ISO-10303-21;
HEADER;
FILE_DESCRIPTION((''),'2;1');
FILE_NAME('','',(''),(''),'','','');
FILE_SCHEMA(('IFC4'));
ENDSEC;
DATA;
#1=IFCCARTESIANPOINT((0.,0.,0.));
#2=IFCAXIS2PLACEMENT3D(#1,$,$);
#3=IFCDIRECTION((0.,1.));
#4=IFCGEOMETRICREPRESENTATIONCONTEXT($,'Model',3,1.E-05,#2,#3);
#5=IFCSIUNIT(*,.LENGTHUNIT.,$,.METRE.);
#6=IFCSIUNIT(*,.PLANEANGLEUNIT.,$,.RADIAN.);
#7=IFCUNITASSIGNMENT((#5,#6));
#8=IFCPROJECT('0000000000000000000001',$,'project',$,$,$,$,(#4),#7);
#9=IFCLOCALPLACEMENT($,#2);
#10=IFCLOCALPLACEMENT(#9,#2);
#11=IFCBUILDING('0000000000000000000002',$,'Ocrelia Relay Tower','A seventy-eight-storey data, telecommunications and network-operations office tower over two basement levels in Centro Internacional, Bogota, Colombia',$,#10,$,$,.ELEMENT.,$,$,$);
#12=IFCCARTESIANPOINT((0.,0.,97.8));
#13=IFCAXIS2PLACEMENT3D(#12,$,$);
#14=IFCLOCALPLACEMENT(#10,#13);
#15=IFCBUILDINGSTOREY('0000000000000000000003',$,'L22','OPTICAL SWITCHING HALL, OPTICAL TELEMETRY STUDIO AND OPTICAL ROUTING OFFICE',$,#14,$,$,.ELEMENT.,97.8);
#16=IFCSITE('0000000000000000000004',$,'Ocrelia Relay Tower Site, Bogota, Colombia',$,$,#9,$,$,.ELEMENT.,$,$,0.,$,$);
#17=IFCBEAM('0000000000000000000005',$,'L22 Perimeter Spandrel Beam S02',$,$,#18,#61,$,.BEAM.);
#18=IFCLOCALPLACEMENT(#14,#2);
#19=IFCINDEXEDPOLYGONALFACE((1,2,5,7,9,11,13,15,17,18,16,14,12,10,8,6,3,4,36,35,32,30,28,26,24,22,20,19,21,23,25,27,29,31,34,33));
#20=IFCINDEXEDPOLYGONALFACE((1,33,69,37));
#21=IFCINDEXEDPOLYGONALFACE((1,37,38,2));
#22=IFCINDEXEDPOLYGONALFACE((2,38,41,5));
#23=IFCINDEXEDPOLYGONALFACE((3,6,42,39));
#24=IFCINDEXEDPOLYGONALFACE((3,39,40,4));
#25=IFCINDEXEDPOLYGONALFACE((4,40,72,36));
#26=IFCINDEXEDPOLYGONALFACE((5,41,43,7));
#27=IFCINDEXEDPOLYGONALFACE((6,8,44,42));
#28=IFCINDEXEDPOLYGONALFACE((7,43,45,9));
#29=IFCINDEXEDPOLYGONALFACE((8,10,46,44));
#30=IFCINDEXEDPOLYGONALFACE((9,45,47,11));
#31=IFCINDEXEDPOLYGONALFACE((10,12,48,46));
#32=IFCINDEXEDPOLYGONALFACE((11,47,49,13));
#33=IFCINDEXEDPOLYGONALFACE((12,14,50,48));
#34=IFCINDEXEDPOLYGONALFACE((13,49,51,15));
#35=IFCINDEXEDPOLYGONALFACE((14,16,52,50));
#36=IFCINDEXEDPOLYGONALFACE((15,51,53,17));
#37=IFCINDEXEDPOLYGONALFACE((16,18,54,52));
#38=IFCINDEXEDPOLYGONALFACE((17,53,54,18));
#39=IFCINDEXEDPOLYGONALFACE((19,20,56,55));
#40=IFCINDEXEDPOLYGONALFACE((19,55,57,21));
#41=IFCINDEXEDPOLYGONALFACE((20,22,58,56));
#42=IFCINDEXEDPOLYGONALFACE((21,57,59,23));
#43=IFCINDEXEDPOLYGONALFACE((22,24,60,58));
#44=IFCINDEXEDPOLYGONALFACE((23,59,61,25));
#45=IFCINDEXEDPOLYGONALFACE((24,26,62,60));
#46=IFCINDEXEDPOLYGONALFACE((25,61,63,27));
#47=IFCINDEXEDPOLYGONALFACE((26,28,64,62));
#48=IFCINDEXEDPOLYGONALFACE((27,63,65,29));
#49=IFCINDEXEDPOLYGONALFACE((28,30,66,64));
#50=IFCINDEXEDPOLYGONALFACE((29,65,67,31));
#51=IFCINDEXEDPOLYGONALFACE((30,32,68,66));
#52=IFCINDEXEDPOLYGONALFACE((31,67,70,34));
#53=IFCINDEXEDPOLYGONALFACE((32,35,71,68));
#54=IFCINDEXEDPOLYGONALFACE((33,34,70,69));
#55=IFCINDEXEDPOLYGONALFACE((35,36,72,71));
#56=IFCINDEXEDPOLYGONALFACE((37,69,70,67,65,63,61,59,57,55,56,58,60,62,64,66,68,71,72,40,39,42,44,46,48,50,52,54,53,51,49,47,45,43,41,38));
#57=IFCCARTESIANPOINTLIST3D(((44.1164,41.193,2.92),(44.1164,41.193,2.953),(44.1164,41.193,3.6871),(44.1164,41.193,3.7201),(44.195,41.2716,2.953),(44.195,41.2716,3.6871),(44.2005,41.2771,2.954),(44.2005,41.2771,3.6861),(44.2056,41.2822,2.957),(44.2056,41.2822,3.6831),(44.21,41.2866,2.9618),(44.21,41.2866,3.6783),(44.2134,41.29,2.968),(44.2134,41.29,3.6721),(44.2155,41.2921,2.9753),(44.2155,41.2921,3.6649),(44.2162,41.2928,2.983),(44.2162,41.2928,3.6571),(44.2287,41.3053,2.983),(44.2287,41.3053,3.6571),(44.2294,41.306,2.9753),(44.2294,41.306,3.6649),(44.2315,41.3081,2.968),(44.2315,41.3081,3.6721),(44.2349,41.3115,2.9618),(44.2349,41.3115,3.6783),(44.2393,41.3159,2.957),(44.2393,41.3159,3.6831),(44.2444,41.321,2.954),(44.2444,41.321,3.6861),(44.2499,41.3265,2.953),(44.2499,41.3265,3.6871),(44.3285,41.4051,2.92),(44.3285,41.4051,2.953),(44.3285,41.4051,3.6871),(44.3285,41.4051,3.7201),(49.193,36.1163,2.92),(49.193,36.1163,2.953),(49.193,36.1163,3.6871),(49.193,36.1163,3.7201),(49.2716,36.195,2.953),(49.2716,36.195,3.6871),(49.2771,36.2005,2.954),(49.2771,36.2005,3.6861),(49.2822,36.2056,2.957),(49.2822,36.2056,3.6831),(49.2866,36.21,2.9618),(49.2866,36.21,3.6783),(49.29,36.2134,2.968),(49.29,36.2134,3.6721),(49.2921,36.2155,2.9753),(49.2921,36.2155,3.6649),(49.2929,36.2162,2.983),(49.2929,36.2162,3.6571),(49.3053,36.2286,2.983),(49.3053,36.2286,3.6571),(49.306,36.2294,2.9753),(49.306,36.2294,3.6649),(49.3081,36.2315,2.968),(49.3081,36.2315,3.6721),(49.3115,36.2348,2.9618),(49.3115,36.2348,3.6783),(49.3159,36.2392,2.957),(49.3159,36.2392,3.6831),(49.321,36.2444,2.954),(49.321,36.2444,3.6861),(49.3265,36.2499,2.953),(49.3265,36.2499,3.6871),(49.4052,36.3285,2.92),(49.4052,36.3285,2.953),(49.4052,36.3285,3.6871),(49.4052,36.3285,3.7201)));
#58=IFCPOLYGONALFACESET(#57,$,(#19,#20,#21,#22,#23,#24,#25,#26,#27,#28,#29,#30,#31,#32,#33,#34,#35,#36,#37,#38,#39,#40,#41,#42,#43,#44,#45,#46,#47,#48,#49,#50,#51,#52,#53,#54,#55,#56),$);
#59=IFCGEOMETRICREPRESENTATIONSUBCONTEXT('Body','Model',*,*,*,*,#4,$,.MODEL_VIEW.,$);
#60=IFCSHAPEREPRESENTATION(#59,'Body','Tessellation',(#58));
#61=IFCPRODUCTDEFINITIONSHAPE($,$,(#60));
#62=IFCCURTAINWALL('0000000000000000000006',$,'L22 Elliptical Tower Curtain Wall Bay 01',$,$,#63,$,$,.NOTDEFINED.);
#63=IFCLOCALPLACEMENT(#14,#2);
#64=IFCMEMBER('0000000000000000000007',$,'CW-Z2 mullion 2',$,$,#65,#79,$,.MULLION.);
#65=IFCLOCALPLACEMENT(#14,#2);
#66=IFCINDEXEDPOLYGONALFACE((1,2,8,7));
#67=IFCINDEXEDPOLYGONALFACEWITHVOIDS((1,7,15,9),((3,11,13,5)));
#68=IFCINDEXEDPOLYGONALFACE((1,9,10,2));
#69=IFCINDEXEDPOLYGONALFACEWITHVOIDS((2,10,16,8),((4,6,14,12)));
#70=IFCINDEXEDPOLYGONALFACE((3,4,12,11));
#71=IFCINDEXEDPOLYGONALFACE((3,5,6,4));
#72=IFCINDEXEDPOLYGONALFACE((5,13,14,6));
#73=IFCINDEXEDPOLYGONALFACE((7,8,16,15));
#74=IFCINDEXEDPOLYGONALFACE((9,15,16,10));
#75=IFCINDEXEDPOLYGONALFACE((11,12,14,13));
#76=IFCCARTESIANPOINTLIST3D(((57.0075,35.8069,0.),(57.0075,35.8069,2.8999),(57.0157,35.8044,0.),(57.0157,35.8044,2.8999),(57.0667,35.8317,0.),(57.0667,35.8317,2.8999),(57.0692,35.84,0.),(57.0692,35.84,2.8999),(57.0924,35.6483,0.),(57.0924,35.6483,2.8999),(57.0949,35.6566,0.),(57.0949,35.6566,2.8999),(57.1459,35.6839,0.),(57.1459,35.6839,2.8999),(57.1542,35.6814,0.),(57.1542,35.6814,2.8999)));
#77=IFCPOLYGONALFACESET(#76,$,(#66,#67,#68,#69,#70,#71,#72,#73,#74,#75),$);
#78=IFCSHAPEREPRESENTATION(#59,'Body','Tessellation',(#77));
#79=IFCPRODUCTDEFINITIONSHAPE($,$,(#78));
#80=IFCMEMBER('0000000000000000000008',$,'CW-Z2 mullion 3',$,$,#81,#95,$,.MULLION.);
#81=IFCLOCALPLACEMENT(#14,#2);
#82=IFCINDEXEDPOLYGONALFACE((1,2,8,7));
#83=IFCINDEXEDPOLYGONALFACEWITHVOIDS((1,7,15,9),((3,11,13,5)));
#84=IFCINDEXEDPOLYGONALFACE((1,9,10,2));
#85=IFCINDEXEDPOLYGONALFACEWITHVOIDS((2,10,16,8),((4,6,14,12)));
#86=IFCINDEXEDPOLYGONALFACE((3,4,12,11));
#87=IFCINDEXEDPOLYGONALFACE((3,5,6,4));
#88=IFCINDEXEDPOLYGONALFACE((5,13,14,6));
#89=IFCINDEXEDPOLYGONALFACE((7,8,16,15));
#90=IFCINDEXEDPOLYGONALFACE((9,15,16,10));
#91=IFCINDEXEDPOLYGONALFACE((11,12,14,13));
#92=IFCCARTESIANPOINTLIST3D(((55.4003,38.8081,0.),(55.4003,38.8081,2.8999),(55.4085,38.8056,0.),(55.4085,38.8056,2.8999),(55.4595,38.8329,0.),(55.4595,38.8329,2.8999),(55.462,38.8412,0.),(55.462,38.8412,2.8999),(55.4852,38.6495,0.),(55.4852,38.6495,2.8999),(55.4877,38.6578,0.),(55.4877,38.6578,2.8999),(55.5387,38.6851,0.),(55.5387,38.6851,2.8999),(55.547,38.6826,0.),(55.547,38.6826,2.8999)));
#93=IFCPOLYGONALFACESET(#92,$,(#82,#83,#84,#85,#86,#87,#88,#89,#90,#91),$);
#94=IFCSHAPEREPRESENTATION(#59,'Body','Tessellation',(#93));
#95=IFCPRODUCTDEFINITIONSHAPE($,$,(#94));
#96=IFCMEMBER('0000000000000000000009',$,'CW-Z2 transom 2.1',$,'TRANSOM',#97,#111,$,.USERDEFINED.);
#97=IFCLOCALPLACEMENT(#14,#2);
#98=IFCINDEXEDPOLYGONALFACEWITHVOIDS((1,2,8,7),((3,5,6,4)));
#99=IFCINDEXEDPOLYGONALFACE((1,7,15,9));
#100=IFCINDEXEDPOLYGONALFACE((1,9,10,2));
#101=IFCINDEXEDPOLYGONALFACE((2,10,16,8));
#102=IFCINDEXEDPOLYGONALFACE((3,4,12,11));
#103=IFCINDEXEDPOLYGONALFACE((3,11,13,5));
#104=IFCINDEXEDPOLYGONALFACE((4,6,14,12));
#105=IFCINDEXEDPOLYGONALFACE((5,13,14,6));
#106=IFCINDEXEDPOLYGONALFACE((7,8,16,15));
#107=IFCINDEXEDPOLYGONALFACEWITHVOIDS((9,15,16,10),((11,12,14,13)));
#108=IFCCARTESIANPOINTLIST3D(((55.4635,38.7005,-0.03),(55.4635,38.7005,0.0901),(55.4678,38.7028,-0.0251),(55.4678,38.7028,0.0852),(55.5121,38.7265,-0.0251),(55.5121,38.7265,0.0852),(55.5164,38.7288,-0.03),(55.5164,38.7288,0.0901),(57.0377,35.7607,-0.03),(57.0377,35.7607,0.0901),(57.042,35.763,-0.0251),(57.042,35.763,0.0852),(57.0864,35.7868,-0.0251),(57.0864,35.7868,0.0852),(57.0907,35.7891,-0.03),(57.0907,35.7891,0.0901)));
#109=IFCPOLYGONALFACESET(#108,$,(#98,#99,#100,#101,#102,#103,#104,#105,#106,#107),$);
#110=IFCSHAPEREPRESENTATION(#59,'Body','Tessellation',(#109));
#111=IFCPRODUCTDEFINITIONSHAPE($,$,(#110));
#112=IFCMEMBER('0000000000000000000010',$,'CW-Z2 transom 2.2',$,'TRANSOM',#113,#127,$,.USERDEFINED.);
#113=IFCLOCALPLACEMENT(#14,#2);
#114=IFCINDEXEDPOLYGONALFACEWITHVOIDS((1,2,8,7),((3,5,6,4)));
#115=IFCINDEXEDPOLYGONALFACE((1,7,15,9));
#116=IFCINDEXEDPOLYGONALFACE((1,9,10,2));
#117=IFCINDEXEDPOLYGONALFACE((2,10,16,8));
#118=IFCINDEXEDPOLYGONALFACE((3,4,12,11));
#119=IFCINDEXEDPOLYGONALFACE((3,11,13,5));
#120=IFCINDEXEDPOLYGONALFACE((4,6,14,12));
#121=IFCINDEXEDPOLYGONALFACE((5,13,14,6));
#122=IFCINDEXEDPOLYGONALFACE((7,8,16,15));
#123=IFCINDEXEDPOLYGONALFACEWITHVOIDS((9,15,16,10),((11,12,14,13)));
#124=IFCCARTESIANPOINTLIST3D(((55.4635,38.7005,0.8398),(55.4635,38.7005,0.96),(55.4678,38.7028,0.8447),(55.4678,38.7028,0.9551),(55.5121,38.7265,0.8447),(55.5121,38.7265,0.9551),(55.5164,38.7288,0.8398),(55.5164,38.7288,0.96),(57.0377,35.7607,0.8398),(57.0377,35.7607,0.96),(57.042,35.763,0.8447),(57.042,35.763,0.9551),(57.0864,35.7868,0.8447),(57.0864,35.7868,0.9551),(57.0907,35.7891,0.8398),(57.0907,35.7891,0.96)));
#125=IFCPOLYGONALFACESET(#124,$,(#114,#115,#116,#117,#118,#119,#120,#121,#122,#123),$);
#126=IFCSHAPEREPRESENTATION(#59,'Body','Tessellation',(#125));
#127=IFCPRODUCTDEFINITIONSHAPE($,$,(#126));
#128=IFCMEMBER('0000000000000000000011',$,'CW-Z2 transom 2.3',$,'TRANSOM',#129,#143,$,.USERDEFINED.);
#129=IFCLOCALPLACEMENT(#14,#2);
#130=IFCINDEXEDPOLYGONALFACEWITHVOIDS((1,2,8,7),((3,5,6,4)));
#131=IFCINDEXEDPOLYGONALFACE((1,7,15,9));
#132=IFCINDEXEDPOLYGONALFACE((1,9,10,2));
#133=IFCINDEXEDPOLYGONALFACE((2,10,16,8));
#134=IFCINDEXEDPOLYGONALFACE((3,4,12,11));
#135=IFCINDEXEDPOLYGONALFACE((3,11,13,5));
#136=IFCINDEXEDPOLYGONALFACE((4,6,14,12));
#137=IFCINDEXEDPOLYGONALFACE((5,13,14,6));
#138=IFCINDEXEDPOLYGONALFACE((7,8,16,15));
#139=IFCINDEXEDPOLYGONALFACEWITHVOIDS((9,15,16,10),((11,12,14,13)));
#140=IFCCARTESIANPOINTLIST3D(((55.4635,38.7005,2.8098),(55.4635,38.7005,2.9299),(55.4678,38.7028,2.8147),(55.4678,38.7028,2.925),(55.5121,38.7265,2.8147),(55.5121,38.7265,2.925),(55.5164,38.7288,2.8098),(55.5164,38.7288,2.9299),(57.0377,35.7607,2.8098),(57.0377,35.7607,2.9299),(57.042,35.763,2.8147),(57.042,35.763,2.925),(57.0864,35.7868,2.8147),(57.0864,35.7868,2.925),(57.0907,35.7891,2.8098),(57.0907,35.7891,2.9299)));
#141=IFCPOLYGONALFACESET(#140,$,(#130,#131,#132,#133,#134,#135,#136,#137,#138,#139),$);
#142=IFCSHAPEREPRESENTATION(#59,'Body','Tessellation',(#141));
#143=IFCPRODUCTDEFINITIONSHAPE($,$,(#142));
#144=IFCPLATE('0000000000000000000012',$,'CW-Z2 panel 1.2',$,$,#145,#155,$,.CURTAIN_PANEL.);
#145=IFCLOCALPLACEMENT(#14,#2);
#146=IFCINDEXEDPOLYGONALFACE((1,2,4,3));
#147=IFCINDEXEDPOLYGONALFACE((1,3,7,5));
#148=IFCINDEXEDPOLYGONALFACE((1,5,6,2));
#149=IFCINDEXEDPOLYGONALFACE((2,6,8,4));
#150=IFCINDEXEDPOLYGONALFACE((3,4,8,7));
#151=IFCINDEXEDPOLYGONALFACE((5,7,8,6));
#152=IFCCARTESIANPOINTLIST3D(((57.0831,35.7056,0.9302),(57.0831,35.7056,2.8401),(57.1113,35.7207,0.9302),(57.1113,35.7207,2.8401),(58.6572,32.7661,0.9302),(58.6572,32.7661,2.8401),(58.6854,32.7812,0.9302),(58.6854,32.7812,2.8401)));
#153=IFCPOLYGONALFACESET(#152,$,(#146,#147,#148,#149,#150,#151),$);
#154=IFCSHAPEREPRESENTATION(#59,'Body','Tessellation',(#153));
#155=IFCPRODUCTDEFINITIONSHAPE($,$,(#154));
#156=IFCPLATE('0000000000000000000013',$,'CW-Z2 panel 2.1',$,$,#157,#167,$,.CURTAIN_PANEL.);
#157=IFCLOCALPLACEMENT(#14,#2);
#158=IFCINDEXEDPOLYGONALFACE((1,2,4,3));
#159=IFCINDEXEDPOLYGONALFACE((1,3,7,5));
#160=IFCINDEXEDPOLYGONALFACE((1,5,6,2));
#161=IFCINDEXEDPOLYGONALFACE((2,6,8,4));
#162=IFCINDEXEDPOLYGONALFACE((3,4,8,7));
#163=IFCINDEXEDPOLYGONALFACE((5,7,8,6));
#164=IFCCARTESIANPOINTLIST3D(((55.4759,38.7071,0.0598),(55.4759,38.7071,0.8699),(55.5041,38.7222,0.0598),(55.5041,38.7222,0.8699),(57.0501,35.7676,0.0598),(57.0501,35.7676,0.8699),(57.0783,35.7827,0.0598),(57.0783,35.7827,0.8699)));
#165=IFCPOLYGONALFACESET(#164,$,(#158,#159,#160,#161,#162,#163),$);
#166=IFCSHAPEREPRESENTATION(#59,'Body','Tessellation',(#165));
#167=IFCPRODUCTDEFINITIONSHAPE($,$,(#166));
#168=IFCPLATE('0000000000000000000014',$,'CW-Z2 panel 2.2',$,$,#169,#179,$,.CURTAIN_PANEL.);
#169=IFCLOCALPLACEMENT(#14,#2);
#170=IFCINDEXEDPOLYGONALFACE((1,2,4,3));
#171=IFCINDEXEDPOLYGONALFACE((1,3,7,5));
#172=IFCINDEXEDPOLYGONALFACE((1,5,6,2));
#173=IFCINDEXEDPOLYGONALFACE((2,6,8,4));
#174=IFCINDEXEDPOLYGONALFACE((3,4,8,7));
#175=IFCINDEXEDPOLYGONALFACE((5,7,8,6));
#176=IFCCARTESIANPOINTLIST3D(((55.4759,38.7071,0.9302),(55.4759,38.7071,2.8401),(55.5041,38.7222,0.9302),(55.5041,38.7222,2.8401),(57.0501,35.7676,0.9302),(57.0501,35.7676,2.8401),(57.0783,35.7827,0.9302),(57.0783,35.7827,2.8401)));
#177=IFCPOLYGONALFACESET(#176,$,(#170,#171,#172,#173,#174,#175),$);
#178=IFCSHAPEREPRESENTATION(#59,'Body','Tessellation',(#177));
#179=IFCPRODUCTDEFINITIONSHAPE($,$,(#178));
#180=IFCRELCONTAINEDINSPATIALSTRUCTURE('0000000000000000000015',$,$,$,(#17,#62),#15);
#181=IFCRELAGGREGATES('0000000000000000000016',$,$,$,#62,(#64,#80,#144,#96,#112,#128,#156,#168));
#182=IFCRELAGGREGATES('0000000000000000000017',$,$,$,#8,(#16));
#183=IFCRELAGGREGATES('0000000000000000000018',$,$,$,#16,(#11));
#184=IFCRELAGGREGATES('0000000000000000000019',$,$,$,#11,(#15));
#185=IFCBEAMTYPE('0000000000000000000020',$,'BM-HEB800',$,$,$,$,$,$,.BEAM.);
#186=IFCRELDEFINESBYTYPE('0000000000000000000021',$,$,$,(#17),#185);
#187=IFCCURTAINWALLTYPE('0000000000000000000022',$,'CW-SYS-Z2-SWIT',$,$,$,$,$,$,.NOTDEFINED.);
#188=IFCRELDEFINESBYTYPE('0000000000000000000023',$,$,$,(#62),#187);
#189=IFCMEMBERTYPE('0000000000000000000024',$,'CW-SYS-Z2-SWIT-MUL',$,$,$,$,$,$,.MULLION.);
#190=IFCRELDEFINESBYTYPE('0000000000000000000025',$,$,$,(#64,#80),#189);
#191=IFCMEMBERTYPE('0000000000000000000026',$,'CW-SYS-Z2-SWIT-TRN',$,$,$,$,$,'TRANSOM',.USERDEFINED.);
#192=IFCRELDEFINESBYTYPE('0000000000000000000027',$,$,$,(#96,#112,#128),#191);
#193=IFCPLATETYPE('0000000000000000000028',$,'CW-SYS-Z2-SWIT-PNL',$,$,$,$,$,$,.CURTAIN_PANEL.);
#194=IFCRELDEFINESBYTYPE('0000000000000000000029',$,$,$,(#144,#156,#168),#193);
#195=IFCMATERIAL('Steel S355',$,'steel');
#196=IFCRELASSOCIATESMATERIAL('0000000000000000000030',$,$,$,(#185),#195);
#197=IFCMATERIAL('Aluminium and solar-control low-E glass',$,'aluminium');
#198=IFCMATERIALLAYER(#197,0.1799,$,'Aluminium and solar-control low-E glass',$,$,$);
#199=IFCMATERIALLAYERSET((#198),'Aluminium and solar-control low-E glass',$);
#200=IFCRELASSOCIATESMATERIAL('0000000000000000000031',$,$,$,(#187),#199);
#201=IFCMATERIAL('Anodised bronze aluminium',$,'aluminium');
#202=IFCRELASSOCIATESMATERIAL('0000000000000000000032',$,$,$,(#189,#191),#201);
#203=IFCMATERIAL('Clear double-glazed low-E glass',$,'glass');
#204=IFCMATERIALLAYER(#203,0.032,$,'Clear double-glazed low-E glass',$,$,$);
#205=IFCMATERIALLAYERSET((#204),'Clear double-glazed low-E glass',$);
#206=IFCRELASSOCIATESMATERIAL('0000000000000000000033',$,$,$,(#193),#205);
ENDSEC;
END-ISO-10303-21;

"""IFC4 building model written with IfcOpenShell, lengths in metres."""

from ifc_helpers import new_model, si_unit, direction, frame, origin, origin_2d, place, context, subcontext, project, spatial, rectangle, hollow_rectangle, i_section, extrude, material, layer, layer_set, material_profile, profile_set, type_object, element, aggregate, save


model = new_model("IFC4")

# Units and contexts
model_context = context("Model", 3, precision=1e-05, world=origin(), true_north=direction((0.0, 1.0)))
body_context = subcontext(model_context, "Body", "Model", "MODEL_VIEW")
ifc_project = project(units=[si_unit("LENGTHUNIT", "METRE"), si_unit("PLANEANGLEUNIT", "RADIAN")], contexts=[model_context])

# Site, building, storey
site_placement = place(None, origin())
site = spatial("IfcSite", under=ifc_project, at=site_placement, Name="Ocrelia Relay Tower Site, Bogota, Colombia", CompositionType="ELEMENT", RefElevation=0.0)
building_placement = place(site_placement, origin())
building = spatial("IfcBuilding", under=site, at=building_placement, Name="Ocrelia Relay Tower", Description="A seventy-eight-storey data, telecommunications and network-operations office tower over two basement levels in Centro Internacional, Bogota, Colombia", CompositionType="ELEMENT")
storey_placement = place(building_placement, frame((0.0, 0.0, 97.8)))
storey = spatial("IfcBuildingStorey", under=building, at=storey_placement, Name="L22", Description="OPTICAL SWITCHING HALL, OPTICAL TELEMETRY STUDIO AND OPTICAL ROUTING OFFICE", CompositionType="ELEMENT", Elevation=97.8)

# Beam
ifc_material_1 = material(Name="Steel S355", Category="steel")
ifc_material_profile_1 = material_profile(ifc_material_1, i_section(OverallWidth=0.3, OverallDepth=0.8, WebThickness=0.0176, FlangeThickness=0.033, FilletRadius=0.03, at=origin_2d()), Name="HEB 800")
ifc_profile_set_1 = profile_set([ifc_material_profile_1], Name="Steel S355")
beam_type_1 = type_object("IfcBeamType", Name="BM-HEB800", PredefinedType="BEAM", material=ifc_profile_set_1)
beam_1_placement = place(storey_placement, frame((49.2991, 36.2224, 3.3201), z_axis=(-0.707107, 0.707107, 0.0), x_axis=(-0.707107, -0.707107, 0.0)))
element("IfcBeam", 1, at=beam_1_placement, inside=storey, type_object=beam_type_1, Name="L22 Perimeter Spandrel Beam S02", PredefinedType="BEAM", context=body_context, shape_type="SweptSolid", body=[
    extrude(i_section(OverallWidth=0.3, OverallDepth=0.8, WebThickness=0.0176, FlangeThickness=0.033, FilletRadius=0.03, at=origin_2d()), origin(), (0.0, 0.0, 1.0), 7.1794),
])

# Curtain wall, members, plates
ifc_material_2 = material(Name="Aluminium and solar-control low-E glass", Category="aluminium")
ifc_layer_1 = layer(ifc_material_2, 0.1799, Name="Aluminium and solar-control low-E glass")
ifc_layer_set_1 = layer_set([ifc_layer_1], Name="Aluminium and solar-control low-E glass")
curtain_wall_type = type_object("IfcCurtainWallType", Name="CW-SYS-Z2-SWIT", PredefinedType="NOTDEFINED", material=ifc_layer_set_1)
curtain_wall_placement = place(storey_placement, origin())
curtain_wall = element("IfcCurtainWall", 2, at=curtain_wall_placement, inside=storey, type_object=curtain_wall_type, Name="L22 Elliptical Tower Curtain Wall Bay 01", PredefinedType="NOTDEFINED")
ifc_material_3 = material(Name="Anodised bronze aluminium", Category="aluminium")
ifc_material_profile_2 = material_profile(ifc_material_3, hollow_rectangle(XDim=0.0701, YDim=0.1799, WallThickness=0.0061, at=origin_2d()), Name="CW-MUL-180x70")
ifc_profile_set_2 = profile_set([ifc_material_profile_2], Name="Anodised bronze aluminium")
member_type_1 = type_object("IfcMemberType", Name="CW-SYS-Z2-SWIT-MUL", PredefinedType="MULLION", material=ifc_profile_set_2)
member_1_placement = place(storey_placement, frame((57.0808, 35.7441, 0.0), z_axis=(0.0, 0.0, 1.0), x_axis=(-0.881561, -0.472071, 0.0)))
member_1 = element("IfcMember", 3, at=member_1_placement, type_object=member_type_1, Name="CW-Z2 mullion 2", PredefinedType="MULLION", context=body_context, shape_type="SweptSolid", body=[
    extrude(hollow_rectangle(XDim=0.0701, YDim=0.1799, WallThickness=0.0061, at=origin_2d()), origin(), (0.0, 0.0, 1.0), 2.8999),
])
member_2_placement = place(storey_placement, frame((55.4736, 38.7454, 0.0), z_axis=(0.0, 0.0, 1.0), x_axis=(-0.881561, -0.472071, 0.0)))
member_2 = element("IfcMember", 4, at=member_2_placement, type_object=member_type_1, Name="CW-Z2 mullion 3", PredefinedType="MULLION", context=body_context, shape_type="SweptSolid", body=[
    extrude(hollow_rectangle(XDim=0.0701, YDim=0.1799, WallThickness=0.0061, at=origin_2d()), origin(), (0.0, 0.0, 1.0), 2.8999),
])
ifc_material_profile_3 = material_profile(ifc_material_3, hollow_rectangle(XDim=0.0601, YDim=0.1201, WallThickness=0.0049, at=origin_2d()), Name="CW-TRN-120x60")
ifc_profile_set_3 = profile_set([ifc_material_profile_3], Name="Anodised bronze aluminium")
member_type_2 = type_object("IfcMemberType", Name="CW-SYS-Z2-SWIT-TRN", ElementType="TRANSOM", PredefinedType="USERDEFINED", material=ifc_profile_set_3)
member_3_placement = place(storey_placement, frame((57.0642, 35.7749, 0.03), z_axis=(-0.472077, 0.881557, 0.0), x_axis=(-0.881557, -0.472077, 0.0)))
member_3 = element("IfcMember", 5, at=member_3_placement, type_object=member_type_2, Name="CW-Z2 transom 2.1", ObjectType="TRANSOM", PredefinedType="USERDEFINED", context=body_context, shape_type="SweptSolid", body=[
    extrude(hollow_rectangle(XDim=0.0601, YDim=0.1201, WallThickness=0.0049, at=origin_2d()), origin(), (0.0, 0.0, 1.0), 3.3347),
])
member_4_placement = place(storey_placement, frame((57.0642, 35.7749, 0.8999), z_axis=(-0.472077, 0.881557, 0.0), x_axis=(-0.881557, -0.472077, 0.0)))
member_4 = element("IfcMember", 6, at=member_4_placement, type_object=member_type_2, Name="CW-Z2 transom 2.2", ObjectType="TRANSOM", PredefinedType="USERDEFINED", context=body_context, shape_type="SweptSolid", body=[
    extrude(hollow_rectangle(XDim=0.0601, YDim=0.1201, WallThickness=0.0049, at=origin_2d()), origin(), (0.0, 0.0, 1.0), 3.3347),
])
member_5_placement = place(storey_placement, frame((57.0642, 35.7749, 2.8699), z_axis=(-0.472077, 0.881557, 0.0), x_axis=(-0.881557, -0.472077, 0.0)))
member_5 = element("IfcMember", 7, at=member_5_placement, type_object=member_type_2, Name="CW-Z2 transom 2.3", ObjectType="TRANSOM", PredefinedType="USERDEFINED", context=body_context, shape_type="SweptSolid", body=[
    extrude(hollow_rectangle(XDim=0.0601, YDim=0.1201, WallThickness=0.0049, at=origin_2d()), origin(), (0.0, 0.0, 1.0), 3.3347),
])
ifc_material_4 = material(Name="Clear double-glazed low-E glass", Category="glass")
ifc_layer_2 = layer(ifc_material_4, 0.032, Name="Clear double-glazed low-E glass")
ifc_layer_set_2 = layer_set([ifc_layer_2], Name="Clear double-glazed low-E glass")
plate_type = type_object("IfcPlateType", Name="CW-SYS-Z2-SWIT-PNL", PredefinedType="CURTAIN_PANEL", material=ifc_layer_set_2)
plate_1_placement = place(storey_placement, frame((57.8843, 34.2434, 0.9302), z_axis=(0.0, 0.0, 1.0), x_axis=(-0.472071, 0.881561, 0.0)))
plate_1 = element("IfcPlate", 8, at=plate_1_placement, type_object=plate_type, Name="CW-Z2 panel 1.2", PredefinedType="CURTAIN_PANEL", context=body_context, shape_type="SweptSolid", body=[
    extrude(rectangle(XDim=3.3345, YDim=0.032, at=origin_2d()), origin(), (0.0, 0.0, 1.0), 1.9099),
])
plate_2_placement = place(storey_placement, frame((56.2771, 37.2449, 0.0598), z_axis=(0.0, 0.0, 1.0), x_axis=(-0.472071, 0.881561, 0.0)))
plate_2 = element("IfcPlate", 9, at=plate_2_placement, type_object=plate_type, Name="CW-Z2 panel 2.1", PredefinedType="CURTAIN_PANEL", context=body_context, shape_type="SweptSolid", body=[
    extrude(rectangle(XDim=3.3345, YDim=0.032, at=origin_2d()), origin(), (0.0, 0.0, 1.0), 0.8101),
])
plate_3_placement = place(storey_placement, frame((56.2771, 37.2449, 0.9302), z_axis=(0.0, 0.0, 1.0), x_axis=(-0.472071, 0.881561, 0.0)))
plate_3 = element("IfcPlate", 10, at=plate_3_placement, type_object=plate_type, Name="CW-Z2 panel 2.2", PredefinedType="CURTAIN_PANEL", context=body_context, shape_type="SweptSolid", body=[
    extrude(rectangle(XDim=3.3345, YDim=0.032, at=origin_2d()), origin(), (0.0, 0.0, 1.0), 1.9099),
])
aggregate(curtain_wall, [member_1, member_2, plate_1, member_3, member_4, member_5, plate_2, plate_3])

save(model, "model.ifc")
